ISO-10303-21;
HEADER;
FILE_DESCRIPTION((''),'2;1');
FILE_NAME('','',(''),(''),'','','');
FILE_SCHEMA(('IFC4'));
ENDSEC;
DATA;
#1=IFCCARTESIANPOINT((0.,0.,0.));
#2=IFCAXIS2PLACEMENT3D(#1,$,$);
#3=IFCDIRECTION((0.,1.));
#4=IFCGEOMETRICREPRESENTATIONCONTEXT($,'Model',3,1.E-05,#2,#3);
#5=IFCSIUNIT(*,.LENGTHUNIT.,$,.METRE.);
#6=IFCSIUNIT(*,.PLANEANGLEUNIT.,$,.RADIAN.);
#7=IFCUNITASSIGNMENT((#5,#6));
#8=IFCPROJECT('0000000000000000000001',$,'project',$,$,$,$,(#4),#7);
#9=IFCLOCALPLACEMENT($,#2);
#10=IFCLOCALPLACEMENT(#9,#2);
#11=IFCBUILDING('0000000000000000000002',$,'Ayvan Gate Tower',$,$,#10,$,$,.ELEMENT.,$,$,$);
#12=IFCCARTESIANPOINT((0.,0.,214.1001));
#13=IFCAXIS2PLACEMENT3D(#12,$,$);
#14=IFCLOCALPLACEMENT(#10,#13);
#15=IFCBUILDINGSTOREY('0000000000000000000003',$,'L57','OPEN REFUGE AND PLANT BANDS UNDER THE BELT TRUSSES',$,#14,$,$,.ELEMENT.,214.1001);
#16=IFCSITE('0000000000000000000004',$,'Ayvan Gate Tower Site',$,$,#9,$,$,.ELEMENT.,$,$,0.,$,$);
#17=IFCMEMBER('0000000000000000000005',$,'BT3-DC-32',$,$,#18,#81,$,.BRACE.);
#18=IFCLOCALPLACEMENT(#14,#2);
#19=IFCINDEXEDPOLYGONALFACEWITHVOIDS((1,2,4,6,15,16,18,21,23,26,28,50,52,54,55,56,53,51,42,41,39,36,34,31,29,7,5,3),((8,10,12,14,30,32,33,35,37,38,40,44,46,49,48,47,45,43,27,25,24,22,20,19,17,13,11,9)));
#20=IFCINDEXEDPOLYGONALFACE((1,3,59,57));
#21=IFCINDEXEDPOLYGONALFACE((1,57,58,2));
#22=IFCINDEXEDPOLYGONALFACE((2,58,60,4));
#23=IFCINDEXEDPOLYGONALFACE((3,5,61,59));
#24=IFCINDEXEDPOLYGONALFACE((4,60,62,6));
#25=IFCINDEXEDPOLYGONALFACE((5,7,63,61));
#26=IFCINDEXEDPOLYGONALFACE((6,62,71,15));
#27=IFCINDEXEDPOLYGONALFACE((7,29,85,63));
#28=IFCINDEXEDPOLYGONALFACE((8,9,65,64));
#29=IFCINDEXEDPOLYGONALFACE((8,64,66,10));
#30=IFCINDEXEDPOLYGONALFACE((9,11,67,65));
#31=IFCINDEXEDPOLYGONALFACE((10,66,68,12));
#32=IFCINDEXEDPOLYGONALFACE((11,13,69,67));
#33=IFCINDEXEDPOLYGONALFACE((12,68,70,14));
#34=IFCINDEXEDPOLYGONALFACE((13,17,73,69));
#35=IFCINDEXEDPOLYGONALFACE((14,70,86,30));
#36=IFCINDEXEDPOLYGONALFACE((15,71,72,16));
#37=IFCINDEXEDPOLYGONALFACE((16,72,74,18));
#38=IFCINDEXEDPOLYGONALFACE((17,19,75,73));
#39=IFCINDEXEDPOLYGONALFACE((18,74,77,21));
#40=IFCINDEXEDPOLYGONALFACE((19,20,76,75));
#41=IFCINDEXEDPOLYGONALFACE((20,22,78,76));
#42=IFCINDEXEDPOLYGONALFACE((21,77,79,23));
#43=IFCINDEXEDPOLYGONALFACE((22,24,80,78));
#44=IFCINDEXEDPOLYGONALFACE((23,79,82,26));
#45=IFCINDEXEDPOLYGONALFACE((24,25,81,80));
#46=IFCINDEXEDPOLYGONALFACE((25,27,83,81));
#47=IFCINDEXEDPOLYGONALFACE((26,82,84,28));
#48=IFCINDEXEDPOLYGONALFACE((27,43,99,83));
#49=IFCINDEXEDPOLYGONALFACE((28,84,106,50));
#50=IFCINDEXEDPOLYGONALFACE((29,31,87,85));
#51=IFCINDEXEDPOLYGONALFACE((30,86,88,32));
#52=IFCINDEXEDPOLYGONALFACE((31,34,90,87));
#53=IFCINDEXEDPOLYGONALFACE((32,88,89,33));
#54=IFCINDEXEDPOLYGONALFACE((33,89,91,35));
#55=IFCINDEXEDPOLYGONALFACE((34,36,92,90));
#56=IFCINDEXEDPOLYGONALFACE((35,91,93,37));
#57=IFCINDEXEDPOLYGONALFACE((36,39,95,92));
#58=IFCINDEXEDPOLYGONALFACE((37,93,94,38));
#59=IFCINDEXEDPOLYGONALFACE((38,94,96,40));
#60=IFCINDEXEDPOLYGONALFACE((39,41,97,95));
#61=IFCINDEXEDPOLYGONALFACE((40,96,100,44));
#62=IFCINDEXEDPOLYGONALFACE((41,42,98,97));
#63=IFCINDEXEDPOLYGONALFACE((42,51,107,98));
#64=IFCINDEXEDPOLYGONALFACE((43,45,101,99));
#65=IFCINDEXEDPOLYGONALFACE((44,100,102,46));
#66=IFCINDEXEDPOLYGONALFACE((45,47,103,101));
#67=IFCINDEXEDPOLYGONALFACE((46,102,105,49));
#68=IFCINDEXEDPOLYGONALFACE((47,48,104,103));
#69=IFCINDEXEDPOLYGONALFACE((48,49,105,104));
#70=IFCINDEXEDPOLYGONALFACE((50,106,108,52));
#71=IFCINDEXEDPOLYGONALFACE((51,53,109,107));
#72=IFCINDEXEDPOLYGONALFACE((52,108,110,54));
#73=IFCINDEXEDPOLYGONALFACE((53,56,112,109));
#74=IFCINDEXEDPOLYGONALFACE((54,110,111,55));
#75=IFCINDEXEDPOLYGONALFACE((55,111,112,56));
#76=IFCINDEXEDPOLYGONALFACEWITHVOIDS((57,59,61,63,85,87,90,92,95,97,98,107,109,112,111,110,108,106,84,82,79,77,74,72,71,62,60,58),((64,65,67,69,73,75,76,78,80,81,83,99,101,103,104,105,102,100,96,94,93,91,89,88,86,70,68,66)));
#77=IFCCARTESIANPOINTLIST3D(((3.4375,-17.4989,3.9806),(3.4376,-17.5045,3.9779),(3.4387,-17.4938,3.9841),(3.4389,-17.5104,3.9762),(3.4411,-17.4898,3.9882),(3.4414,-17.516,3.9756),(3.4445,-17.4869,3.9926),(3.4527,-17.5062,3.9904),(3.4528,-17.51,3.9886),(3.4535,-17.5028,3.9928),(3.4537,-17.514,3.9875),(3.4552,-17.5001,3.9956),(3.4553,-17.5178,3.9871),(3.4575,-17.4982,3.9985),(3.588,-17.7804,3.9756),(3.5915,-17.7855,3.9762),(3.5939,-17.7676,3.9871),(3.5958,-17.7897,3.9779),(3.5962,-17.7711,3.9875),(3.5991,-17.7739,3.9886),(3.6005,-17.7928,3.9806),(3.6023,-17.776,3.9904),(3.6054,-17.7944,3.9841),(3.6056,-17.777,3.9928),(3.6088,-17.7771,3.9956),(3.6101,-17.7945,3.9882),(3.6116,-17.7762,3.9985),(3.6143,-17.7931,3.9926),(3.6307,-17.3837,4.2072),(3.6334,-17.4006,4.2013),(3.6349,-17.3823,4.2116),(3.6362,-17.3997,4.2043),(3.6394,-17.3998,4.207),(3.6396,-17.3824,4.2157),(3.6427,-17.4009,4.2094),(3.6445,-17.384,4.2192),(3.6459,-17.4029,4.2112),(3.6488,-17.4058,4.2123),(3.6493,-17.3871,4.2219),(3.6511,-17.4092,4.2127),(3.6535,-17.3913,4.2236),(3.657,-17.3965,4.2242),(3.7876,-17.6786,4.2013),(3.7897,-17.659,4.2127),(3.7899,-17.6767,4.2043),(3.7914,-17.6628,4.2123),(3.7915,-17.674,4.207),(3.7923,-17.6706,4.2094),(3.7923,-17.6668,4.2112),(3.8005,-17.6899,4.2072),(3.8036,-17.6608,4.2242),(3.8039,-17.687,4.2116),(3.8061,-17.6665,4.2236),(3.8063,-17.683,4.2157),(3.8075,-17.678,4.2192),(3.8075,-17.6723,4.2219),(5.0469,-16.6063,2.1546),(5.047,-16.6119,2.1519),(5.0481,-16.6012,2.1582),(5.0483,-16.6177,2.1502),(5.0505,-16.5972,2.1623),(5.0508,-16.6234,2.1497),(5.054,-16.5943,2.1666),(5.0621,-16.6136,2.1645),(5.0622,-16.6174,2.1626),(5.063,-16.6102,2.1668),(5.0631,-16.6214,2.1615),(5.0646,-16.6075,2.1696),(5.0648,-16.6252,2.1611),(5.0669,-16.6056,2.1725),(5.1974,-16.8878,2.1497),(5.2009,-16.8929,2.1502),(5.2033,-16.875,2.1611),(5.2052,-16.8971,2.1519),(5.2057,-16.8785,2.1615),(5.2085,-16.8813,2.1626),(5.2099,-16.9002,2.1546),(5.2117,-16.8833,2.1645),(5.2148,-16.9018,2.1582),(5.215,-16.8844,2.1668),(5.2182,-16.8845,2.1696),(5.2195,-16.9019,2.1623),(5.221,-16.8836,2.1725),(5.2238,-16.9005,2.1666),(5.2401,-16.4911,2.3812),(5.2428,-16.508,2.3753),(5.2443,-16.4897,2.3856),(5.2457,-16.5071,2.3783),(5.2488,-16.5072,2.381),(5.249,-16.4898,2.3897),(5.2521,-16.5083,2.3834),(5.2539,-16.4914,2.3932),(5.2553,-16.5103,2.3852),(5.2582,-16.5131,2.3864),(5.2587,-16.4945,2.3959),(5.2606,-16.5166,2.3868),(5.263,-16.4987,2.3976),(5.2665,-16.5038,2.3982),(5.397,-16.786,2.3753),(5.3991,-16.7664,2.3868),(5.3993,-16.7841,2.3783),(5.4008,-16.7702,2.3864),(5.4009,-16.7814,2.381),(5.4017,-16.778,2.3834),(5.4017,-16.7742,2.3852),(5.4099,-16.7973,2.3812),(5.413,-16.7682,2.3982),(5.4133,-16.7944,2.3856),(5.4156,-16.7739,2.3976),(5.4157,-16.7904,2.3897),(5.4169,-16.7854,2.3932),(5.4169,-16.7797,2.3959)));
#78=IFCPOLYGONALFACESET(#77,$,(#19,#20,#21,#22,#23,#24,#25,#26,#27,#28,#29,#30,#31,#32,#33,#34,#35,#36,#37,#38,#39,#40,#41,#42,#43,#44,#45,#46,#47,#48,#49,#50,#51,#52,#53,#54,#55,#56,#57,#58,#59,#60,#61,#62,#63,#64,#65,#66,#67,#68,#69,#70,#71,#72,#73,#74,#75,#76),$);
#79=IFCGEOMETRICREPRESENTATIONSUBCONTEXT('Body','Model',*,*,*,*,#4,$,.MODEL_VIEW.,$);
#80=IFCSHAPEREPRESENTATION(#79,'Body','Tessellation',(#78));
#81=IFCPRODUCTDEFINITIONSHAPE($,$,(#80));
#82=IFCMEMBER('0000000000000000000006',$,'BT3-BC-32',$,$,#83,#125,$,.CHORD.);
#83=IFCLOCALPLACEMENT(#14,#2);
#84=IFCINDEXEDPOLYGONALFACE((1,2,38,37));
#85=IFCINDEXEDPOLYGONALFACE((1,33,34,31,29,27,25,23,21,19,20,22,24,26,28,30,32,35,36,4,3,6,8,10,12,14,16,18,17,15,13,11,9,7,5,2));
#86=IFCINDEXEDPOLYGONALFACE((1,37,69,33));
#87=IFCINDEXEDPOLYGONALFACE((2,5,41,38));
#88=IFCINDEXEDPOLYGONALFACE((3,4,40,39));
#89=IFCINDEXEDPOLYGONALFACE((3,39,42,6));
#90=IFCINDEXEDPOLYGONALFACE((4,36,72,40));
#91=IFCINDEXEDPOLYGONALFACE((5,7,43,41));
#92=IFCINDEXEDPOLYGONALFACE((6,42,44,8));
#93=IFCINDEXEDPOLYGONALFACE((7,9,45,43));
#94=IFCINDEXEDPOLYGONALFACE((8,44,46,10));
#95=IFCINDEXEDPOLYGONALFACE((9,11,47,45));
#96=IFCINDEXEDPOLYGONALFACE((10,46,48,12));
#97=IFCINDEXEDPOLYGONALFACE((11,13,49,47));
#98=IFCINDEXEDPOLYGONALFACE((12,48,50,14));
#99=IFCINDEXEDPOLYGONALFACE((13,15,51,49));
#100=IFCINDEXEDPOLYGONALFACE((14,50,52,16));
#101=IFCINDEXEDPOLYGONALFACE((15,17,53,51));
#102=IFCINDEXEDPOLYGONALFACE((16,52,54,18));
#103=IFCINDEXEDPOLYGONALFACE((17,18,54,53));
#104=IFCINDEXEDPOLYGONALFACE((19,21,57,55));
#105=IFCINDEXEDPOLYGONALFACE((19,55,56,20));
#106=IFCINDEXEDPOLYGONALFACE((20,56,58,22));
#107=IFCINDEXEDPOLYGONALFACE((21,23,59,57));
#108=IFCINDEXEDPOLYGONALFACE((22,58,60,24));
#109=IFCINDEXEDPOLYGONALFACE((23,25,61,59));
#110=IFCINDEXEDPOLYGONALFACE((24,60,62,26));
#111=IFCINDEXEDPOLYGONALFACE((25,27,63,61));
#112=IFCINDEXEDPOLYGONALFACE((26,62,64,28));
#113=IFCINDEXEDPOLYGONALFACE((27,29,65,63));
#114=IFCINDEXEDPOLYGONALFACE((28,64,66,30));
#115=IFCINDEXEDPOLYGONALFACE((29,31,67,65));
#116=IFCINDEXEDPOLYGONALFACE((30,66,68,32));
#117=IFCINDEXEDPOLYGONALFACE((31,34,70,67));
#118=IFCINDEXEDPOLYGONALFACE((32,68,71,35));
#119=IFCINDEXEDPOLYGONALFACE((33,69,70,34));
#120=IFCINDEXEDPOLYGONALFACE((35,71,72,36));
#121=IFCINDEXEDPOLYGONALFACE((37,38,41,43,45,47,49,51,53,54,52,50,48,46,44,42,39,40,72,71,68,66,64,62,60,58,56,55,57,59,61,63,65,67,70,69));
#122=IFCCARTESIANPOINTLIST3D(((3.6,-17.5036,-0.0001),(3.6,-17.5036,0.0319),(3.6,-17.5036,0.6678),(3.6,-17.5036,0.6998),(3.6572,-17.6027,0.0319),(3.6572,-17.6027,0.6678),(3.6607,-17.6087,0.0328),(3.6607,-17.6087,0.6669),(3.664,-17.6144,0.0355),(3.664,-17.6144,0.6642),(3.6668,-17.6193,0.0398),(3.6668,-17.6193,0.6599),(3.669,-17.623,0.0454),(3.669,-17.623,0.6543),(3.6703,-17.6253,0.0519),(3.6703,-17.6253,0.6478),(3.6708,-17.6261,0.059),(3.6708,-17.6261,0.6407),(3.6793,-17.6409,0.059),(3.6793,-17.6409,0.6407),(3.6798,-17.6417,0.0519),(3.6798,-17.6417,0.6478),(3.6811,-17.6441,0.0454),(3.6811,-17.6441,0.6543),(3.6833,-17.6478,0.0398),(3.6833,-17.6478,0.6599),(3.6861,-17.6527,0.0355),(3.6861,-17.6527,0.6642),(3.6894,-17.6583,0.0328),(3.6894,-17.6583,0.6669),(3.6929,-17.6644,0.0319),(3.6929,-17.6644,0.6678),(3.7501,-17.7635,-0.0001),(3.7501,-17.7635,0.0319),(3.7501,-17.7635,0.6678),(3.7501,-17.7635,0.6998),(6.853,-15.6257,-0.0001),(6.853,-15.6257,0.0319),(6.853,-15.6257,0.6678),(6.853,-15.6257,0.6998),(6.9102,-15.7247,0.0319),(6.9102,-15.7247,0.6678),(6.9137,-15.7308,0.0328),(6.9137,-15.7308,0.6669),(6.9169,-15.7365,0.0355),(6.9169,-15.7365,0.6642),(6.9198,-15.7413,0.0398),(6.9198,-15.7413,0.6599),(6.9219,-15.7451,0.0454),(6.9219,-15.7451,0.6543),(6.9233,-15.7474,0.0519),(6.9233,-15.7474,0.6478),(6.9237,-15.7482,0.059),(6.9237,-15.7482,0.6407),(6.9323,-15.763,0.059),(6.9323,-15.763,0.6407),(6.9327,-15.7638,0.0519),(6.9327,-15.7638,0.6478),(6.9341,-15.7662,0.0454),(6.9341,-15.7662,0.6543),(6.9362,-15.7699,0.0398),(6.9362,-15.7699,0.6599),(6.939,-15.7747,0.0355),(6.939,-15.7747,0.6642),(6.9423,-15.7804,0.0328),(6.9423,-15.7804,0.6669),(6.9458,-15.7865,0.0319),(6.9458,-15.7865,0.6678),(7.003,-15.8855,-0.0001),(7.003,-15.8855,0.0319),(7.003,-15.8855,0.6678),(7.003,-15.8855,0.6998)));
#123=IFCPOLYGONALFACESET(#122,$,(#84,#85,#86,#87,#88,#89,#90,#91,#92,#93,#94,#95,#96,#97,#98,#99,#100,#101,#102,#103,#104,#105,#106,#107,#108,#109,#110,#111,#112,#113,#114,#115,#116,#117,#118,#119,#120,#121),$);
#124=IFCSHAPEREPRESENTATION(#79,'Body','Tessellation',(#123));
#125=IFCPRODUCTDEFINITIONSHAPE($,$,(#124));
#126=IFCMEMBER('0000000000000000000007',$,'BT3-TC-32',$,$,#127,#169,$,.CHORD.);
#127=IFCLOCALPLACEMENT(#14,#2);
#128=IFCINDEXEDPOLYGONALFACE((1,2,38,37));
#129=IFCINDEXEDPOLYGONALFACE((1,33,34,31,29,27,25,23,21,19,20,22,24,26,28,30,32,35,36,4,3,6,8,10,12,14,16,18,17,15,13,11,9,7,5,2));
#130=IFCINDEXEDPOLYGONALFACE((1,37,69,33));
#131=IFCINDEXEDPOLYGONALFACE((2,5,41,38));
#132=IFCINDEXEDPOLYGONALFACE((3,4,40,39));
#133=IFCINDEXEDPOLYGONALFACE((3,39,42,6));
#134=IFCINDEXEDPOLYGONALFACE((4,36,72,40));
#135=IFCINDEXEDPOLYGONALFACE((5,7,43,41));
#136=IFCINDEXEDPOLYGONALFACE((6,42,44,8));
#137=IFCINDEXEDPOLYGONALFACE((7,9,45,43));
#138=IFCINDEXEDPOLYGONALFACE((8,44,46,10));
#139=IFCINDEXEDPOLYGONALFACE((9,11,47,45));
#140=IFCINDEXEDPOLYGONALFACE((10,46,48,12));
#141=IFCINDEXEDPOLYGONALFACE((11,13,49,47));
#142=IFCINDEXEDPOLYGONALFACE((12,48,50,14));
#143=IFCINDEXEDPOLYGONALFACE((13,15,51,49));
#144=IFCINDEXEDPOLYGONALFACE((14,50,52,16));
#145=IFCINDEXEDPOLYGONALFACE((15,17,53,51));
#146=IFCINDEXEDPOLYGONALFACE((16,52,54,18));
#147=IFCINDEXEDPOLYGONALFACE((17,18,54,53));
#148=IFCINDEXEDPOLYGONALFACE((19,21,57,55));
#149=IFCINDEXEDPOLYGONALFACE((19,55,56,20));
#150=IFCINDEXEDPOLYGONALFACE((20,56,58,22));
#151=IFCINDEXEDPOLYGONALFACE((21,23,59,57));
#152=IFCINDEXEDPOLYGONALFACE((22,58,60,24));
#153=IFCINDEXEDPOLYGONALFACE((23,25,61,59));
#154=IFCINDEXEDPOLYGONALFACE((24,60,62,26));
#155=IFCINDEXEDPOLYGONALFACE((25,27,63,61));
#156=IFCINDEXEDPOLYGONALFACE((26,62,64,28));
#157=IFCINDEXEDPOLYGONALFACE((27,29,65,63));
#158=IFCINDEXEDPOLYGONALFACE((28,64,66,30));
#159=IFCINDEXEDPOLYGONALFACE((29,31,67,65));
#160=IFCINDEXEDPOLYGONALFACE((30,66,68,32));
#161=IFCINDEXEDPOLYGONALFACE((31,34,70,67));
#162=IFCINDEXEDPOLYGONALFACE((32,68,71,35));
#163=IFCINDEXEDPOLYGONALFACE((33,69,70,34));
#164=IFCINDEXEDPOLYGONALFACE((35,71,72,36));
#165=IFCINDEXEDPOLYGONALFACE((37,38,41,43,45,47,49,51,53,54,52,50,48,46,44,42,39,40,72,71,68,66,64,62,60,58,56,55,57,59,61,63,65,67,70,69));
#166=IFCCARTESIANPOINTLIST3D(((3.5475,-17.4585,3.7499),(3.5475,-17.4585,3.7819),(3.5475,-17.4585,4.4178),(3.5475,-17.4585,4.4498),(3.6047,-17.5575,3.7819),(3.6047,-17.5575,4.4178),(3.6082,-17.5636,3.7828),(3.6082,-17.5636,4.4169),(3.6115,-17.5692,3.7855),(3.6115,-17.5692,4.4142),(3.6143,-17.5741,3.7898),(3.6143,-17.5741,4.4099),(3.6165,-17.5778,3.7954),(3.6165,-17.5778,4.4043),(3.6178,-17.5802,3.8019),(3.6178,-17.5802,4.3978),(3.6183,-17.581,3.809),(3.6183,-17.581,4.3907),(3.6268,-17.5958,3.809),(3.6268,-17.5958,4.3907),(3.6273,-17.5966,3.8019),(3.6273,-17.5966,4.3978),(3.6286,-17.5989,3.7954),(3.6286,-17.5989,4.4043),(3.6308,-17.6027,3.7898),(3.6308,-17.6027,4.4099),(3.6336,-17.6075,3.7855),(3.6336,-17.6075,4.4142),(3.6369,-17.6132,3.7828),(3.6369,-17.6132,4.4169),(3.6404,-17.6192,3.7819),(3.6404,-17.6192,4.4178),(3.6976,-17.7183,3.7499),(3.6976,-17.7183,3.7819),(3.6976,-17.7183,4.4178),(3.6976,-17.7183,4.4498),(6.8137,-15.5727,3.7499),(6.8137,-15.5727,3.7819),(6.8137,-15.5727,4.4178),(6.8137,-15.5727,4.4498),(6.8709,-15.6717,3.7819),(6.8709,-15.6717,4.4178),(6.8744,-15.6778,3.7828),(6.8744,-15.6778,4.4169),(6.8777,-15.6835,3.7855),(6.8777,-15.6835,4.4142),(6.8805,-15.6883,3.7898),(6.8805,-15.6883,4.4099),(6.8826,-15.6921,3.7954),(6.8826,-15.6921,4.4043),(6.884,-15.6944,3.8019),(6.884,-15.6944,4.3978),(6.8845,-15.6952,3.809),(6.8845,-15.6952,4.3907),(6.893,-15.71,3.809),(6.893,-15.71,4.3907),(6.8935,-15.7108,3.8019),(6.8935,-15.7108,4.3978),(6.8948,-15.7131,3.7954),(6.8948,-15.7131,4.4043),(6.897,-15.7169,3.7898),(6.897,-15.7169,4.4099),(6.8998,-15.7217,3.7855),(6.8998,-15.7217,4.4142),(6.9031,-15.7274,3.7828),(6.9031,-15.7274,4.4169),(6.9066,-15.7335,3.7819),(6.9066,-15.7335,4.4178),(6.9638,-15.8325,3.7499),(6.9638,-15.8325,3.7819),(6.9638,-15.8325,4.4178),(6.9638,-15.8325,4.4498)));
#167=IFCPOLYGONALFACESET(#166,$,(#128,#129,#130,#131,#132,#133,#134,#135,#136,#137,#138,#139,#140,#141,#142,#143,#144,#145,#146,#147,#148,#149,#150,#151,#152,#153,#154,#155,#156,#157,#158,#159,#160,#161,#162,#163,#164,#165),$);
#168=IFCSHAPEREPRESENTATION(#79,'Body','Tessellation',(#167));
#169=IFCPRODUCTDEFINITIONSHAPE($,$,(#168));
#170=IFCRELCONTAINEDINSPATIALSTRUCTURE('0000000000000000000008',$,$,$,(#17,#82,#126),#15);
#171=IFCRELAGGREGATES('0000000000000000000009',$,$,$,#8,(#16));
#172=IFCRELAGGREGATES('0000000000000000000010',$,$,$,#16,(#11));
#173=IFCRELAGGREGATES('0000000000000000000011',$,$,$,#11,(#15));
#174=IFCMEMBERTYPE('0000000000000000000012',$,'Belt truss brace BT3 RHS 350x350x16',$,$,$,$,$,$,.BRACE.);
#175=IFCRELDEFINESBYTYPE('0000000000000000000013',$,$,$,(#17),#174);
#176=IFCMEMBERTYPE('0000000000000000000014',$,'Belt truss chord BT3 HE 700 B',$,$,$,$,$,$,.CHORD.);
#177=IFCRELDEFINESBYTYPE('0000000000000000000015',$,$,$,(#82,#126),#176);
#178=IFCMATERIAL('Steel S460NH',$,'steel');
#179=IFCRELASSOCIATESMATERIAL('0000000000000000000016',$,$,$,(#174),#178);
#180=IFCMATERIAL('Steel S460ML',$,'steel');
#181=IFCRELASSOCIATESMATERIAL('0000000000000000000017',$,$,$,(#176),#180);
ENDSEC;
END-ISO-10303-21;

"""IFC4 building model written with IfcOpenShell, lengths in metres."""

from ifc_helpers import new_model, si_unit, direction, frame, origin, origin_2d, place, context, subcontext, project, spatial, hollow_rectangle, i_section, extrude, material, material_profile, profile_set, type_object, element, save


model = new_model("IFC4")

# Units and contexts
model_context = context("Model", 3, precision=1e-05, world=origin(), true_north=direction((0.0, 1.0)))
body_context = subcontext(model_context, "Body", "Model", "MODEL_VIEW")
ifc_project = project(units=[si_unit("LENGTHUNIT", "METRE"), si_unit("PLANEANGLEUNIT", "RADIAN")], contexts=[model_context])

# Site, building, storey
site_placement = place(None, origin())
site = spatial("IfcSite", under=ifc_project, at=site_placement, Name="Ayvan Gate Tower Site", CompositionType="ELEMENT", RefElevation=0.0)
building_placement = place(site_placement, origin())
building = spatial("IfcBuilding", under=site, at=building_placement, Name="Ayvan Gate Tower", CompositionType="ELEMENT")
storey_placement = place(building_placement, frame((0.0, 0.0, 214.1001)))
storey = spatial("IfcBuildingStorey", under=building, at=storey_placement, Name="L57", Description="OPEN REFUGE AND PLANT BANDS UNDER THE BELT TRUSSES", CompositionType="ELEMENT", Elevation=214.1001)

# Members
ifc_material_1 = material(Name="Steel S460NH", Category="steel")
ifc_material_profile_1 = material_profile(ifc_material_1, hollow_rectangle(XDim=0.3501, YDim=0.3501, WallThickness=0.0161, InnerFilletRadius=0.0161, OuterFilletRadius=0.0239, at=origin_2d()), Name="RHS 350x350x16")
ifc_profile_set_1 = profile_set([ifc_material_profile_1], Name="Steel S460NH")
member_type_1 = type_object("IfcMemberType", Name="Belt truss brace BT3 RHS 350x350x16", PredefinedType="BRACE", material=ifc_profile_set_1)
member_1_placement = place(storey_placement, frame((5.2319, -16.6958, 2.2739), z_axis=(-0.620793, -0.344299, 0.704325), x_axis=(0.485012, -0.874507, 0.0)))
element("IfcMember", 1, at=member_1_placement, inside=storey, type_object=member_type_1, Name="BT3-DC-32", PredefinedType="BRACE", context=body_context, shape_type="SweptSolid", body=[
    extrude(hollow_rectangle(XDim=0.3501, YDim=0.3501, WallThickness=0.0161, InnerFilletRadius=0.0161, OuterFilletRadius=0.0239, at=origin_2d()), origin(), (0.0, 0.0, 1.0), 2.5925),
])
ifc_material_2 = material(Name="Steel S460ML", Category="steel")
ifc_material_profile_2 = material_profile(ifc_material_2, i_section(OverallWidth=0.3, OverallDepth=0.7, WebThickness=0.0171, FlangeThickness=0.032, FilletRadius=0.0271, at=origin_2d()), Name="HE 700 B")
ifc_profile_set_2 = profile_set([ifc_material_profile_2], Name="Steel S460ML")
member_type_2 = type_object("IfcMemberType", Name="Belt truss chord BT3 HE 700 B", PredefinedType="CHORD", material=ifc_profile_set_2)
member_2_placement = place(storey_placement, frame((3.675, -17.6335, 0.3499), z_axis=(0.866043, 0.49997, 0.0), x_axis=(-0.49997, 0.866043, 0.0)))
element("IfcMember", 2, at=member_2_placement, inside=storey, type_object=member_type_2, Name="BT3-BC-32", PredefinedType="CHORD", context=body_context, shape_type="SweptSolid", body=[
    extrude(i_section(OverallWidth=0.3, OverallDepth=0.7, WebThickness=0.0171, FlangeThickness=0.032, FilletRadius=0.0271, at=origin_2d()), origin(), (0.0, 0.0, 1.0), 3.7561),
])
member_3_placement = place(storey_placement, frame((3.6226, -17.5884, 4.0999), z_axis=(0.86602, 0.50001, 0.0), x_axis=(-0.50001, 0.86602, 0.0)))
element("IfcMember", 3, at=member_3_placement, inside=storey, type_object=member_type_2, Name="BT3-TC-32", PredefinedType="CHORD", context=body_context, shape_type="SweptSolid", body=[
    extrude(i_section(OverallWidth=0.3, OverallDepth=0.7, WebThickness=0.0171, FlangeThickness=0.032, FilletRadius=0.0271, at=origin_2d()), origin(), (0.0, 0.0, 1.0), 3.7715),
])

save(model, "model.ifc")
